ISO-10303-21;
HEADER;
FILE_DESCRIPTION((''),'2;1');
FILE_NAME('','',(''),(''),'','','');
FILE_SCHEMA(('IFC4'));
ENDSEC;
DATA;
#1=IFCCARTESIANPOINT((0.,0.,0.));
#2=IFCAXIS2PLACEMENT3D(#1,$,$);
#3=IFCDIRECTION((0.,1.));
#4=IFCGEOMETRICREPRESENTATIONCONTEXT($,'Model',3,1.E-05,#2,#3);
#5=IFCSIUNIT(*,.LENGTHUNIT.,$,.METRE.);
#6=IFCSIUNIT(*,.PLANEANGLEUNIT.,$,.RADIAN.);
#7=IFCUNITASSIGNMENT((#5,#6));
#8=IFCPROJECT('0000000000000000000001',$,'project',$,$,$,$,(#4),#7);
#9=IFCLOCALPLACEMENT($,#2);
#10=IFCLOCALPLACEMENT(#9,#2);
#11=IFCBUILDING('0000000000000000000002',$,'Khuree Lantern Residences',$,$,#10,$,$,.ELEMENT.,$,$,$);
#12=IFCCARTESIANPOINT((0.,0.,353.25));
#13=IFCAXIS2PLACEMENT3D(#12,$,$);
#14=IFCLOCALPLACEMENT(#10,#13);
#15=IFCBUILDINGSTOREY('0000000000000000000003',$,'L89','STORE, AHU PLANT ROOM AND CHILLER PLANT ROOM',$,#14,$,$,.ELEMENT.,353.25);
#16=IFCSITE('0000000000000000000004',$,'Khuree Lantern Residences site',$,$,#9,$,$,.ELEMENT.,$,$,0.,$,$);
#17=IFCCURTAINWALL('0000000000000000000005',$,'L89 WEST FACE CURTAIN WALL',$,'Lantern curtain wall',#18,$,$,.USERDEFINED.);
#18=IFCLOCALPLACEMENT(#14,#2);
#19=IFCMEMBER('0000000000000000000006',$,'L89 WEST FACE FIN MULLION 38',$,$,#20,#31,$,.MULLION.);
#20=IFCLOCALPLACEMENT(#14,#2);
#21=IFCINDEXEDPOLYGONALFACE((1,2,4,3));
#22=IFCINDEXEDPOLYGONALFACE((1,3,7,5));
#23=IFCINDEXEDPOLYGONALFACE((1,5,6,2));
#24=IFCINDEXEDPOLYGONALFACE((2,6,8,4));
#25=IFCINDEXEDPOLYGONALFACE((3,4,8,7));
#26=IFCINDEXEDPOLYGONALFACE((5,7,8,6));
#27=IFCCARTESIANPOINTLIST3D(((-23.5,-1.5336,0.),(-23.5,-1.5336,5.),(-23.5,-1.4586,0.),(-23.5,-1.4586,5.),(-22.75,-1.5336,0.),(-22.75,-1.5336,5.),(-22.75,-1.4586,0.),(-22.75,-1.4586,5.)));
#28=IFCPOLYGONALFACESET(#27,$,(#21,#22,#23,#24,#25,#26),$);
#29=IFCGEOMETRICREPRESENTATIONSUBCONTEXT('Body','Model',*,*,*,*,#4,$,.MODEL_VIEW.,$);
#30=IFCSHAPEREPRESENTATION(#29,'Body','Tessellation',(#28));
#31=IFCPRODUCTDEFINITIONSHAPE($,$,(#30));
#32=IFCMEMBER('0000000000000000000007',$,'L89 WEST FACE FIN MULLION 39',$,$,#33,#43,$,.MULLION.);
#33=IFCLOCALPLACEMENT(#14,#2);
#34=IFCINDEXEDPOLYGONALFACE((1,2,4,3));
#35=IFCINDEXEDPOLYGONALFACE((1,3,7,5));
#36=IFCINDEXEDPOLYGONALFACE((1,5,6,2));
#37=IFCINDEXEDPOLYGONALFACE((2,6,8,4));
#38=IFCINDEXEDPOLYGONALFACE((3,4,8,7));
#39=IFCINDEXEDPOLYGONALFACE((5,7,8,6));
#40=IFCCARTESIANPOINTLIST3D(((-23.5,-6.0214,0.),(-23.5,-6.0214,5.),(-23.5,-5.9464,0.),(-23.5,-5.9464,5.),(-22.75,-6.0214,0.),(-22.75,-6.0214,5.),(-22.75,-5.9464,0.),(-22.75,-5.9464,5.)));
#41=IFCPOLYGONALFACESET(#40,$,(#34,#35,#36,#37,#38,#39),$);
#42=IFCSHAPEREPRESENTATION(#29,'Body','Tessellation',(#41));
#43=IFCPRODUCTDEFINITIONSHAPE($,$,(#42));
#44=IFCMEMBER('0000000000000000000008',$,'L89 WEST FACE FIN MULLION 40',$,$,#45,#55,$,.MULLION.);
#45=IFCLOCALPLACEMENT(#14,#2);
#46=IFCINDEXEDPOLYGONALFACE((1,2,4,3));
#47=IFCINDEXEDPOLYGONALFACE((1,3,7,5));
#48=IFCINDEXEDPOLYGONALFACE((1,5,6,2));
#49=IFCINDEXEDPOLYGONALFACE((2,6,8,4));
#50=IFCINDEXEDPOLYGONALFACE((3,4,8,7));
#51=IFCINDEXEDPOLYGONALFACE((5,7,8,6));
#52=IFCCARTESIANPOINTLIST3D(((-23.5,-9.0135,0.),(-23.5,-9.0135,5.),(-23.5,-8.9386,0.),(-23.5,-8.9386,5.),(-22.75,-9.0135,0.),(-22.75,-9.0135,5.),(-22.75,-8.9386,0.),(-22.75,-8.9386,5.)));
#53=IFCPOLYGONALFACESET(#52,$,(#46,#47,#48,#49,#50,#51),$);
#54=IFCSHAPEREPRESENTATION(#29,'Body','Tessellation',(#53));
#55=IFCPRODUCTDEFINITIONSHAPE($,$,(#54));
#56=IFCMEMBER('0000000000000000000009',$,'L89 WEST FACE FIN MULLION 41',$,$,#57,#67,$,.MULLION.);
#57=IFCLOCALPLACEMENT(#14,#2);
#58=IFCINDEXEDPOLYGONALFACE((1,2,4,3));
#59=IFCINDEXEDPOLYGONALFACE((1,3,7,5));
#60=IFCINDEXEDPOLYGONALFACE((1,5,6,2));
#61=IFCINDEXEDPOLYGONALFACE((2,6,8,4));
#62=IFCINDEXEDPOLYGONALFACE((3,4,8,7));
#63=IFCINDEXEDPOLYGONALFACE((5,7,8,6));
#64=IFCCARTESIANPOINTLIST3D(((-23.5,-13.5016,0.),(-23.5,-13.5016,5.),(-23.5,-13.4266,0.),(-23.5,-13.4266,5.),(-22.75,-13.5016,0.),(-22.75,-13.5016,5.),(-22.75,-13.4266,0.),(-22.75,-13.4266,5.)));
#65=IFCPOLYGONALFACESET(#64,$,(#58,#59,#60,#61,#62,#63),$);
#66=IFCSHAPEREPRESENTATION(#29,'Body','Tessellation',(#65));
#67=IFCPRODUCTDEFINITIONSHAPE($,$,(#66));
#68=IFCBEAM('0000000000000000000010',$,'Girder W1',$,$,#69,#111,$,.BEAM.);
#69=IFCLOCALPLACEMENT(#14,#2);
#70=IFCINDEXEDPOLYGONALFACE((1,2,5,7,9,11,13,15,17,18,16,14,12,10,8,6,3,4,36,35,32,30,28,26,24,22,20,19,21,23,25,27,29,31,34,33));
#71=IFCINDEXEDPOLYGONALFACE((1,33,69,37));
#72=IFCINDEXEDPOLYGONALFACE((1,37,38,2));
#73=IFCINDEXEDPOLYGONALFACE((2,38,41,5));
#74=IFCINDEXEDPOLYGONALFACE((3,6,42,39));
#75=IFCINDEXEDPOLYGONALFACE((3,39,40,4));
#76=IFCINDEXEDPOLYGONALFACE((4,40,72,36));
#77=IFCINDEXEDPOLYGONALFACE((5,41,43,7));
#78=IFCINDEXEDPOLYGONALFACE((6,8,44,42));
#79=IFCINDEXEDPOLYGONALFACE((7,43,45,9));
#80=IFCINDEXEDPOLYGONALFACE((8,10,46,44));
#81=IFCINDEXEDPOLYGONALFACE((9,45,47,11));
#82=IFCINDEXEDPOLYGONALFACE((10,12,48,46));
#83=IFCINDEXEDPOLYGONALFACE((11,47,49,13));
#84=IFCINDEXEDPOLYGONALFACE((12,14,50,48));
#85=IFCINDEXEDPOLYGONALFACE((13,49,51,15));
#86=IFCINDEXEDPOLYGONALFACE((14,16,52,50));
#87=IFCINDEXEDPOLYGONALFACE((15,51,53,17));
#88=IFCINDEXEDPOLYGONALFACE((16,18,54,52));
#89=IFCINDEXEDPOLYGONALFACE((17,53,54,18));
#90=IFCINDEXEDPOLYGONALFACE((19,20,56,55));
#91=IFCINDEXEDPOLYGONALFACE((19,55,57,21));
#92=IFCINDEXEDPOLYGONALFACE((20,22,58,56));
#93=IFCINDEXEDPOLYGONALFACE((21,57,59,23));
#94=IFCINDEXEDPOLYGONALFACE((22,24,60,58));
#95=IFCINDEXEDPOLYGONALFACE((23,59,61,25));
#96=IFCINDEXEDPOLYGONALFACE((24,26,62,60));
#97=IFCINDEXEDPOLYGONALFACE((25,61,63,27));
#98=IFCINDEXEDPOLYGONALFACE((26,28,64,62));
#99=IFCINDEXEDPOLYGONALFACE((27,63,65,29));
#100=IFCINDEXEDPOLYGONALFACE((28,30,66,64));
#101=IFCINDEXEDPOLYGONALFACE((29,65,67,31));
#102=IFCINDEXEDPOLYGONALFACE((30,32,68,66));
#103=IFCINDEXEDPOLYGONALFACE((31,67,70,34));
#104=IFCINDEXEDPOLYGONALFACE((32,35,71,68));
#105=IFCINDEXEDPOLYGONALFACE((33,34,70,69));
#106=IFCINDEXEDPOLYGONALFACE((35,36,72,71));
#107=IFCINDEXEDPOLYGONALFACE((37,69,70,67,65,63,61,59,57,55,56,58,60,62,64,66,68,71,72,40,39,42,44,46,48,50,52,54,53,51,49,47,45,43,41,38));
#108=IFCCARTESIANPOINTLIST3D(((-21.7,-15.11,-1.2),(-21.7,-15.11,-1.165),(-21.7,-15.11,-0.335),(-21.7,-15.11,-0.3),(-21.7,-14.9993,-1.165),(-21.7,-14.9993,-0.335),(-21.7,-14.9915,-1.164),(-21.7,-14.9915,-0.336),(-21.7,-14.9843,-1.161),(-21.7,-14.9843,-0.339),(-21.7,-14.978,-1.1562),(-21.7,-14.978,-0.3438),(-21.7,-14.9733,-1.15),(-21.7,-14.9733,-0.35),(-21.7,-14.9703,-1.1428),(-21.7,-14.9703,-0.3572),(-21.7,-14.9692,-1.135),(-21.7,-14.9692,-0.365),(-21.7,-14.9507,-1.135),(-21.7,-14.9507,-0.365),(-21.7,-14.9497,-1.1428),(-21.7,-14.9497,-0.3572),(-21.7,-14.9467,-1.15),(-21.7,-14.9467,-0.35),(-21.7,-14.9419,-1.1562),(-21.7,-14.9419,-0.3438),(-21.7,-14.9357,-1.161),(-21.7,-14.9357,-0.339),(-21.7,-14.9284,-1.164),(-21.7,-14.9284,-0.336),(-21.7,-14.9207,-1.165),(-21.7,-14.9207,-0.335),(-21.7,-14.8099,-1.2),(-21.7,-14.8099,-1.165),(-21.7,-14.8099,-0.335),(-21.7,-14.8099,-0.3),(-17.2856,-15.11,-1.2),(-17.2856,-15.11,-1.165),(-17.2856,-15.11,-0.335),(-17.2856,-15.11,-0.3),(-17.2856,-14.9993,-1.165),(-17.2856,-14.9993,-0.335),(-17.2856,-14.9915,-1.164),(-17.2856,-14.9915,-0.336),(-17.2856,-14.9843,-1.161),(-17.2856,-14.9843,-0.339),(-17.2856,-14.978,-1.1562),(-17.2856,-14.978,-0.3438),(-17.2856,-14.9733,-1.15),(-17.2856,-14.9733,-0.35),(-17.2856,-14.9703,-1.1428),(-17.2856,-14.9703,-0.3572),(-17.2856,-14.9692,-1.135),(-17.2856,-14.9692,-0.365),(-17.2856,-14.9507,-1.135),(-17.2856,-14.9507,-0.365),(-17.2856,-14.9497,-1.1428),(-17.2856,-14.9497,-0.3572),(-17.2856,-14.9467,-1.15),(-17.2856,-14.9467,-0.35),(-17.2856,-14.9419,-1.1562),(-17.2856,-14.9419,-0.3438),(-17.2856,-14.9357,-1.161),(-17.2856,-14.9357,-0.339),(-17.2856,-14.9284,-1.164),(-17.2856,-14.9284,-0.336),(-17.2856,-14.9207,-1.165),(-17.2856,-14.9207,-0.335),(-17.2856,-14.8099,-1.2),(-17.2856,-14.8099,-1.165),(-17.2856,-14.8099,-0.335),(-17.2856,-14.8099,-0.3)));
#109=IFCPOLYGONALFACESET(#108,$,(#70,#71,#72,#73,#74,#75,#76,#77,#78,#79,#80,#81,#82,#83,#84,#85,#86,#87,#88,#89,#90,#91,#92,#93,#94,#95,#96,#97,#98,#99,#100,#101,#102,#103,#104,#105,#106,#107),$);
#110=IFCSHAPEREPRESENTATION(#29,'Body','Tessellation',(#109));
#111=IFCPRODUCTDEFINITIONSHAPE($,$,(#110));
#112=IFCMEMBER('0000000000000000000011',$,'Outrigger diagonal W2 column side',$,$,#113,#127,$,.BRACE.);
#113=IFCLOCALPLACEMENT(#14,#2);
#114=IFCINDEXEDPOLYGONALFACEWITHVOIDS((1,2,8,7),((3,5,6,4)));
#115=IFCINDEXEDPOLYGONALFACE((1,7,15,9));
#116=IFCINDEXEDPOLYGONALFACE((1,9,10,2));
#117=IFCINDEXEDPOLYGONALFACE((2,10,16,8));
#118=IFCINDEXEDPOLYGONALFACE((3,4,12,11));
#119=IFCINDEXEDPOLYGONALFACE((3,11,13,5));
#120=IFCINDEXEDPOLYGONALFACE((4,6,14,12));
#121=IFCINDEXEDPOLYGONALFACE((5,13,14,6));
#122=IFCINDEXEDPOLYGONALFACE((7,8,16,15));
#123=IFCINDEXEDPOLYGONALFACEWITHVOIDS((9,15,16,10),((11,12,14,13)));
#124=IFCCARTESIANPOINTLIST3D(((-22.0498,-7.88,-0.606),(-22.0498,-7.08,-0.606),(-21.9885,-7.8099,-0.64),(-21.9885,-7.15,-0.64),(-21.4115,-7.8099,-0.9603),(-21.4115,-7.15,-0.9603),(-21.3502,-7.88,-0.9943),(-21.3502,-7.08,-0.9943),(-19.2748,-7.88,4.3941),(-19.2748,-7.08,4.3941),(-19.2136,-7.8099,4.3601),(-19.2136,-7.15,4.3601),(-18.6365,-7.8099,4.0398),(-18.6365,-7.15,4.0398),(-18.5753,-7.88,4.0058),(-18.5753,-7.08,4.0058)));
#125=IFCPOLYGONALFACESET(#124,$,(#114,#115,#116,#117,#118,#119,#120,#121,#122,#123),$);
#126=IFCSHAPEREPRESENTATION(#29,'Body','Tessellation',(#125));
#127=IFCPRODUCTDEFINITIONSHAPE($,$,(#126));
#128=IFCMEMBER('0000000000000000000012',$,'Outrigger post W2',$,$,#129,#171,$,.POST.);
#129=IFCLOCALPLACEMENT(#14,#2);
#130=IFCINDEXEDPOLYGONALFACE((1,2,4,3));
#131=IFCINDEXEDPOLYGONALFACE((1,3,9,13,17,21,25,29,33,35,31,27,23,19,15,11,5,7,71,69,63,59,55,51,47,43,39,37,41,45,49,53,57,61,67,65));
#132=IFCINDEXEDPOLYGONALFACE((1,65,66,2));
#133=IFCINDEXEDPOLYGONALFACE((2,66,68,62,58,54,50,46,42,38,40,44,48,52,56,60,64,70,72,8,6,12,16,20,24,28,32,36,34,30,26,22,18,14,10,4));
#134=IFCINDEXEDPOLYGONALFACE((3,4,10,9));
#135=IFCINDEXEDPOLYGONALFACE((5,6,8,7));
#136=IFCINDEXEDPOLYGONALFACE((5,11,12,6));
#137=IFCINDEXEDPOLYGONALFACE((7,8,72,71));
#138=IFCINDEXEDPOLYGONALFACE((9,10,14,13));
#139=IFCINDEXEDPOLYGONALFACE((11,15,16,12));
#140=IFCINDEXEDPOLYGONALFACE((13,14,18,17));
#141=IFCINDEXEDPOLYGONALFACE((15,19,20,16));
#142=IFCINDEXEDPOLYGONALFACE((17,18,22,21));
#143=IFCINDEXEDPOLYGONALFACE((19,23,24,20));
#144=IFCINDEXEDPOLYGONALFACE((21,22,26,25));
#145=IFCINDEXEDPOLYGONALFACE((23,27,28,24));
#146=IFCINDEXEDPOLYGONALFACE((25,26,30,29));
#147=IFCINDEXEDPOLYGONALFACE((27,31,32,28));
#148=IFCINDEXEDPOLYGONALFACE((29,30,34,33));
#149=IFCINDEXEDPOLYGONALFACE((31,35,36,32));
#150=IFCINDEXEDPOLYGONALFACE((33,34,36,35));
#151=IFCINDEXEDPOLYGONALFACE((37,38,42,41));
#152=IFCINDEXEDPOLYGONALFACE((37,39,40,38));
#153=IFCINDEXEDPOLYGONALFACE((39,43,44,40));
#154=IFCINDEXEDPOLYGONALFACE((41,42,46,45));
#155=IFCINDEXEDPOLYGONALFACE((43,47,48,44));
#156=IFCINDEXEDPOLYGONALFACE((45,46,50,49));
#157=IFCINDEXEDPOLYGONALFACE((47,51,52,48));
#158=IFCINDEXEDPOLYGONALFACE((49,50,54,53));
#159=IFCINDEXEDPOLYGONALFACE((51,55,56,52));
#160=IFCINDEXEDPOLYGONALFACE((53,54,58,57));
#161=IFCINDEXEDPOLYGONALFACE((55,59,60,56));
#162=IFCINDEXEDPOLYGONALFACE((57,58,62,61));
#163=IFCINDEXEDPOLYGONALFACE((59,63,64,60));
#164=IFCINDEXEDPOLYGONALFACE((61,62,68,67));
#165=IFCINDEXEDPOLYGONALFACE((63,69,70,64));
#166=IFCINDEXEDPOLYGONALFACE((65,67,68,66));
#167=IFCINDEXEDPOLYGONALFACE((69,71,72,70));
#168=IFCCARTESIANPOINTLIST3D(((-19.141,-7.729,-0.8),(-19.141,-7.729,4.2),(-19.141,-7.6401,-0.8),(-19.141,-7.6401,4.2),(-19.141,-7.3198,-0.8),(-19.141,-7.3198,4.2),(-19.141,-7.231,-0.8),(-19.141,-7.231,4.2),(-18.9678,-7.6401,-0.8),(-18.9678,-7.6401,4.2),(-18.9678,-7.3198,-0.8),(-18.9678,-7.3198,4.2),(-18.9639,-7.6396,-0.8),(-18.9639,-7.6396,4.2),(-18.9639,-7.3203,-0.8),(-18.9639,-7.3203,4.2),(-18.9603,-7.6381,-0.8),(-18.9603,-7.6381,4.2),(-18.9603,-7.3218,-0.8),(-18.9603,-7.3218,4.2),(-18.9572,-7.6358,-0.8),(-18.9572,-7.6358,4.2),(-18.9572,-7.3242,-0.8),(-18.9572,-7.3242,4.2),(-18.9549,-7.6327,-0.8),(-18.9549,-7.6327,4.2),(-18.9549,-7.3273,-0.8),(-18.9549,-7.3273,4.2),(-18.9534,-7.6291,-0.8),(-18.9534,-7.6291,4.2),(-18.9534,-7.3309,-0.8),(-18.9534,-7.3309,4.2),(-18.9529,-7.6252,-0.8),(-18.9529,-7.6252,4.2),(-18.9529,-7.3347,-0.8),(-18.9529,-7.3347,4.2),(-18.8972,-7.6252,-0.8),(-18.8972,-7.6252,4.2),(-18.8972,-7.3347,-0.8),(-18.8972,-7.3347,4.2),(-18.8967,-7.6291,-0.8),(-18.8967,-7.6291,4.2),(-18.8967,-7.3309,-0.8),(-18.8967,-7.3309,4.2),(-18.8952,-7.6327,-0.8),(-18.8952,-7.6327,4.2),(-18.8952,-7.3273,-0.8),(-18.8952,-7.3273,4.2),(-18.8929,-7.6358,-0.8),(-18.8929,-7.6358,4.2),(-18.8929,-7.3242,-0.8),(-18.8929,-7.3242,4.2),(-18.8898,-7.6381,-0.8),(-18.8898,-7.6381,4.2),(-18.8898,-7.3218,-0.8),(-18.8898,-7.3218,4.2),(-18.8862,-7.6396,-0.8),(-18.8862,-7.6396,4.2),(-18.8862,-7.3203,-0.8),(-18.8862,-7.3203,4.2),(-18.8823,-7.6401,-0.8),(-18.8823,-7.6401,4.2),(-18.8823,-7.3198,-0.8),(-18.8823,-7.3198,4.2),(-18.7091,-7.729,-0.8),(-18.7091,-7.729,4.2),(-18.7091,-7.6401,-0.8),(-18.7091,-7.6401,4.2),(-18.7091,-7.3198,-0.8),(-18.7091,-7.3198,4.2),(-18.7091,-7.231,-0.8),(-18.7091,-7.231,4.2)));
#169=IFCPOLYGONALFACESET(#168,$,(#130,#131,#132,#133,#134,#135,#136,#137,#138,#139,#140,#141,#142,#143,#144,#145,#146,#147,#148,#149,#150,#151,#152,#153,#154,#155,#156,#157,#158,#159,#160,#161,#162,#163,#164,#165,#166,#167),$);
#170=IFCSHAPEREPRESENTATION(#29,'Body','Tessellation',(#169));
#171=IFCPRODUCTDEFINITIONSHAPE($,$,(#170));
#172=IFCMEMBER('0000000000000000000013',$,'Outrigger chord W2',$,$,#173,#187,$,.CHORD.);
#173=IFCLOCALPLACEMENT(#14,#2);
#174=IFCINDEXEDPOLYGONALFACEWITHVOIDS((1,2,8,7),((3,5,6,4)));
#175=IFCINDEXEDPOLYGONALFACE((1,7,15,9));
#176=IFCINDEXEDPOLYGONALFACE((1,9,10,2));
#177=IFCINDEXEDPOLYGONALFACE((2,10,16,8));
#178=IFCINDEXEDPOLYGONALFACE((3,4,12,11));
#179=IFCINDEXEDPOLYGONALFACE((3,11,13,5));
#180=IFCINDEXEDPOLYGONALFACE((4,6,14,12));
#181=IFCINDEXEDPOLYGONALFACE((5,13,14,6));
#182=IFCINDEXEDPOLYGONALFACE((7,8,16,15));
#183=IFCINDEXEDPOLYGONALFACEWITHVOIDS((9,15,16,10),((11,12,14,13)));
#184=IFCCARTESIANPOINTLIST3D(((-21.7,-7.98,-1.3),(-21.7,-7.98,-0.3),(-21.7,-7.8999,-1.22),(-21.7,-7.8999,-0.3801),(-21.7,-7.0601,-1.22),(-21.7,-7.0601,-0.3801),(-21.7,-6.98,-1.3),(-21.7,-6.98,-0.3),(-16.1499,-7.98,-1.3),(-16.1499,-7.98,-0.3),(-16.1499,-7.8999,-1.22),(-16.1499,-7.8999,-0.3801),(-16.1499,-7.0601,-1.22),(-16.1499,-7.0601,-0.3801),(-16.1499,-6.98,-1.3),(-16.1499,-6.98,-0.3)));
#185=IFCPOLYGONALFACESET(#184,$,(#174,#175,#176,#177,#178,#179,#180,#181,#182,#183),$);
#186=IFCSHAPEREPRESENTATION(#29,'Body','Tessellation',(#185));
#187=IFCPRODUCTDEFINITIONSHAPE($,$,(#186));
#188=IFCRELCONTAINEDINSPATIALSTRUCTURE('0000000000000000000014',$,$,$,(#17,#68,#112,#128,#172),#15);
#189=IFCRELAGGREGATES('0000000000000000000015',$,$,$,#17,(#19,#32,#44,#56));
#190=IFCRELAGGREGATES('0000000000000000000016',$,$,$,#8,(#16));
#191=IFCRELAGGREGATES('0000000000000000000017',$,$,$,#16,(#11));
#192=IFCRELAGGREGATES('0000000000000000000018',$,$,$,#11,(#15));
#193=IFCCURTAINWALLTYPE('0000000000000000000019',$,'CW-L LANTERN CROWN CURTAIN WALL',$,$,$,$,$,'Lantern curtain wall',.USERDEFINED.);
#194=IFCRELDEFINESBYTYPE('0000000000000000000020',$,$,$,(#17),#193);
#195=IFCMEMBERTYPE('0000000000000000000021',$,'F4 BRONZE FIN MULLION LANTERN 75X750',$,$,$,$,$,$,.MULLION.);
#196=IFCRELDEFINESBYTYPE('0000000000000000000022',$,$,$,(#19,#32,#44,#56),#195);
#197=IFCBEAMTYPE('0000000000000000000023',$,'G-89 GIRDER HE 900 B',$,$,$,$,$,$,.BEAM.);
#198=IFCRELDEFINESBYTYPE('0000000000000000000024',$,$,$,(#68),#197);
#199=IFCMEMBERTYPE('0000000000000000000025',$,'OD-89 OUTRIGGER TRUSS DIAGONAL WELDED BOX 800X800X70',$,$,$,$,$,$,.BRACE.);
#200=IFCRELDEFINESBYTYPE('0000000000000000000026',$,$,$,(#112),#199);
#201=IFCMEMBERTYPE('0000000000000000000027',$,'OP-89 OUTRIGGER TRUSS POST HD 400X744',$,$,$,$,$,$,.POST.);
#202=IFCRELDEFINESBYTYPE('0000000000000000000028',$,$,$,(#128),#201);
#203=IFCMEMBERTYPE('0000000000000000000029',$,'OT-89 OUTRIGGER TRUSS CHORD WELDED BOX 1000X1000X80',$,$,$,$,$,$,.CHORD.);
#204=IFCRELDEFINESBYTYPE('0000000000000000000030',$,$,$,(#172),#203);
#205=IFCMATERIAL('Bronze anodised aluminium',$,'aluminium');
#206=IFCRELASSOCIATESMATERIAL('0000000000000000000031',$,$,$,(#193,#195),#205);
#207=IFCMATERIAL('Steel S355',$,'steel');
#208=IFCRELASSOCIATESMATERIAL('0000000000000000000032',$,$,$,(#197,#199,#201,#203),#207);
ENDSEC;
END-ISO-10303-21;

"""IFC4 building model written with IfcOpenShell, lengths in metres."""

from ifc_helpers import new_model, si_unit, direction, frame, origin, origin_2d, place, context, subcontext, project, spatial, rectangle, hollow_rectangle, i_section, extrude, material, material_profile, profile_set, type_object, element, aggregate, save


model = new_model("IFC4")

# Units and contexts
model_context = context("Model", 3, precision=1e-05, world=origin(), true_north=direction((0.0, 1.0)))
body_context = subcontext(model_context, "Body", "Model", "MODEL_VIEW")
ifc_project = project(units=[si_unit("LENGTHUNIT", "METRE"), si_unit("PLANEANGLEUNIT", "RADIAN")], contexts=[model_context])

# Site, building, storey
site_placement = place(None, origin())
site = spatial("IfcSite", under=ifc_project, at=site_placement, Name="Khuree Lantern Residences site", CompositionType="ELEMENT", RefElevation=0.0)
building_placement = place(site_placement, origin())
building = spatial("IfcBuilding", under=site, at=building_placement, Name="Khuree Lantern Residences", CompositionType="ELEMENT")
storey_placement = place(building_placement, frame((0.0, 0.0, 353.25)))
storey = spatial("IfcBuildingStorey", under=building, at=storey_placement, Name="L89", Description="STORE, AHU PLANT ROOM AND CHILLER PLANT ROOM", CompositionType="ELEMENT", Elevation=353.25)

# Shared definitions
ifc_material_1 = material(Name="Steel S355", Category="steel")

# Curtain wall, members
ifc_material_2 = material(Name="Bronze anodised aluminium", Category="aluminium")
curtain_wall_type = type_object("IfcCurtainWallType", Name="CW-L LANTERN CROWN CURTAIN WALL", ElementType="Lantern curtain wall", PredefinedType="USERDEFINED", material=ifc_material_2)
curtain_wall_placement = place(storey_placement, origin())
curtain_wall = element("IfcCurtainWall", 1, at=curtain_wall_placement, inside=storey, type_object=curtain_wall_type, Name="L89 WEST FACE CURTAIN WALL", ObjectType="Lantern curtain wall", PredefinedType="USERDEFINED")
ifc_material_profile_1 = material_profile(ifc_material_2, rectangle(XDim=0.075, YDim=0.75, at=origin_2d()), Name="F4 75X750")
ifc_profile_set_1 = profile_set([ifc_material_profile_1], Name="Bronze anodised aluminium")
member_type_1 = type_object("IfcMemberType", Name="F4 BRONZE FIN MULLION LANTERN 75X750", PredefinedType="MULLION", material=ifc_profile_set_1)
member_1_placement = place(storey_placement, frame((-23.125, -1.4961, 0.0), z_axis=(0.0, 0.0, 1.0), x_axis=(0.0, -1.0, 0.0)))
member_1 = element("IfcMember", 2, at=member_1_placement, type_object=member_type_1, Name="L89 WEST FACE FIN MULLION 38", PredefinedType="MULLION", context=body_context, shape_type="SweptSolid", body=[
    extrude(rectangle(XDim=0.075, YDim=0.75, at=origin_2d()), origin(), (0.0, 0.0, 1.0), 5.0),
])
member_2_placement = place(storey_placement, frame((-23.125, -5.9839, 0.0), z_axis=(0.0, 0.0, 1.0), x_axis=(0.0, -1.0, 0.0)))
member_2 = element("IfcMember", 3, at=member_2_placement, type_object=member_type_1, Name="L89 WEST FACE FIN MULLION 39", PredefinedType="MULLION", context=body_context, shape_type="SweptSolid", body=[
    extrude(rectangle(XDim=0.075, YDim=0.75, at=origin_2d()), origin(), (0.0, 0.0, 1.0), 5.0),
])
member_3_placement = place(storey_placement, frame((-23.125, -8.9761, 0.0), z_axis=(0.0, 0.0, 1.0), x_axis=(0.0, -1.0, 0.0)))
member_3 = element("IfcMember", 4, at=member_3_placement, type_object=member_type_1, Name="L89 WEST FACE FIN MULLION 40", PredefinedType="MULLION", context=body_context, shape_type="SweptSolid", body=[
    extrude(rectangle(XDim=0.075, YDim=0.75, at=origin_2d()), origin(), (0.0, 0.0, 1.0), 5.0),
])
member_4_placement = place(storey_placement, frame((-23.125, -13.4641, 0.0), z_axis=(0.0, 0.0, 1.0), x_axis=(0.0, -1.0, 0.0)))
member_4 = element("IfcMember", 5, at=member_4_placement, type_object=member_type_1, Name="L89 WEST FACE FIN MULLION 41", PredefinedType="MULLION", context=body_context, shape_type="SweptSolid", body=[
    extrude(rectangle(XDim=0.075, YDim=0.75, at=origin_2d()), origin(), (0.0, 0.0, 1.0), 5.0),
])

# Beam
ifc_material_profile_2 = material_profile(ifc_material_1, i_section(OverallWidth=0.3, OverallDepth=0.8999, WebThickness=0.0186, FlangeThickness=0.0349, FilletRadius=0.03, at=origin_2d()), Name="HE 900 B")
ifc_profile_set_2 = profile_set([ifc_material_profile_2], Name="Steel S355")
beam_type_1 = type_object("IfcBeamType", Name="G-89 GIRDER HE 900 B", PredefinedType="BEAM", material=ifc_profile_set_2)
beam_placement = place(storey_placement, frame((-21.7, -14.96, -0.75), z_axis=(1.0, 0.0, 0.0), x_axis=(0.0, 1.0, 0.0)))
element("IfcBeam", 6, at=beam_placement, inside=storey, type_object=beam_type_1, Name="Girder W1", PredefinedType="BEAM", context=body_context, shape_type="SweptSolid", body=[
    extrude(i_section(OverallWidth=0.3, OverallDepth=0.8999, WebThickness=0.0186, FlangeThickness=0.0349, FilletRadius=0.03, at=origin_2d()), origin(), (0.0, 0.0, 1.0), 4.4143),
])

# Members
ifc_material_profile_3 = material_profile(ifc_material_1, hollow_rectangle(XDim=0.8, YDim=0.8, WallThickness=0.0701, at=origin_2d()), Name="WELDED BOX 800X800X70")
ifc_profile_set_3 = profile_set([ifc_material_profile_3], Name="Steel S355")
member_type_2 = type_object("IfcMemberType", Name="OD-89 OUTRIGGER TRUSS DIAGONAL WELDED BOX 800X800X70", PredefinedType="BRACE", material=ifc_profile_set_3)
member_5_placement = place(storey_placement, frame((-18.925, -7.48, 4.2), z_axis=(-0.485259, 0.0, -0.874371), x_axis=(0.0, -1.0, 0.0)))
element("IfcMember", 7, at=member_5_placement, inside=storey, type_object=member_type_2, Name="Outrigger diagonal W2 column side", PredefinedType="BRACE", context=body_context, shape_type="SweptSolid", body=[
    extrude(hollow_rectangle(XDim=0.8, YDim=0.8, WallThickness=0.0701, at=origin_2d()), origin(), (0.0, 0.0, 1.0), 5.7185),
])
ifc_material_profile_4 = material_profile(ifc_material_1, i_section(OverallWidth=0.4319, OverallDepth=0.498, WebThickness=0.0557, FlangeThickness=0.0889, FilletRadius=0.0149, at=origin_2d()), Name="HD 400X744")
ifc_profile_set_4 = profile_set([ifc_material_profile_4], Name="Steel S355")
member_type_3 = type_object("IfcMemberType", Name="OP-89 OUTRIGGER TRUSS POST HD 400X744", PredefinedType="POST", material=ifc_profile_set_4)
member_6_placement = place(storey_placement, frame((-18.925, -7.48, -0.8), z_axis=(0.0, 0.0, 1.0), x_axis=(1.0, 0.0, 0.0)))
element("IfcMember", 8, at=member_6_placement, inside=storey, type_object=member_type_3, Name="Outrigger post W2", PredefinedType="POST", context=body_context, shape_type="SweptSolid", body=[
    extrude(i_section(OverallWidth=0.4319, OverallDepth=0.498, WebThickness=0.0557, FlangeThickness=0.0889, FilletRadius=0.0149, at=origin_2d()), origin(), (0.0, 0.0, 1.0), 5.0),
])
ifc_material_profile_5 = material_profile(ifc_material_1, hollow_rectangle(XDim=1.0, YDim=1.0, WallThickness=0.0801, at=origin_2d()), Name="WELDED BOX 1000X1000X80")
ifc_profile_set_5 = profile_set([ifc_material_profile_5], Name="Steel S355")
member_type_4 = type_object("IfcMemberType", Name="OT-89 OUTRIGGER TRUSS CHORD WELDED BOX 1000X1000X80", PredefinedType="CHORD", material=ifc_profile_set_5)
member_7_placement = place(storey_placement, frame((-21.7, -7.48, -0.8), z_axis=(1.0, 0.0, 0.0), x_axis=(0.0, 1.0, 0.0)))
element("IfcMember", 9, at=member_7_placement, inside=storey, type_object=member_type_4, Name="Outrigger chord W2", PredefinedType="CHORD", context=body_context, shape_type="SweptSolid", body=[
    extrude(hollow_rectangle(XDim=1.0, YDim=1.0, WallThickness=0.0801, at=origin_2d()), origin(), (0.0, 0.0, 1.0), 5.55),
])

aggregate(curtain_wall, [member_1, member_2, member_3, member_4])

save(model, "model.ifc")
